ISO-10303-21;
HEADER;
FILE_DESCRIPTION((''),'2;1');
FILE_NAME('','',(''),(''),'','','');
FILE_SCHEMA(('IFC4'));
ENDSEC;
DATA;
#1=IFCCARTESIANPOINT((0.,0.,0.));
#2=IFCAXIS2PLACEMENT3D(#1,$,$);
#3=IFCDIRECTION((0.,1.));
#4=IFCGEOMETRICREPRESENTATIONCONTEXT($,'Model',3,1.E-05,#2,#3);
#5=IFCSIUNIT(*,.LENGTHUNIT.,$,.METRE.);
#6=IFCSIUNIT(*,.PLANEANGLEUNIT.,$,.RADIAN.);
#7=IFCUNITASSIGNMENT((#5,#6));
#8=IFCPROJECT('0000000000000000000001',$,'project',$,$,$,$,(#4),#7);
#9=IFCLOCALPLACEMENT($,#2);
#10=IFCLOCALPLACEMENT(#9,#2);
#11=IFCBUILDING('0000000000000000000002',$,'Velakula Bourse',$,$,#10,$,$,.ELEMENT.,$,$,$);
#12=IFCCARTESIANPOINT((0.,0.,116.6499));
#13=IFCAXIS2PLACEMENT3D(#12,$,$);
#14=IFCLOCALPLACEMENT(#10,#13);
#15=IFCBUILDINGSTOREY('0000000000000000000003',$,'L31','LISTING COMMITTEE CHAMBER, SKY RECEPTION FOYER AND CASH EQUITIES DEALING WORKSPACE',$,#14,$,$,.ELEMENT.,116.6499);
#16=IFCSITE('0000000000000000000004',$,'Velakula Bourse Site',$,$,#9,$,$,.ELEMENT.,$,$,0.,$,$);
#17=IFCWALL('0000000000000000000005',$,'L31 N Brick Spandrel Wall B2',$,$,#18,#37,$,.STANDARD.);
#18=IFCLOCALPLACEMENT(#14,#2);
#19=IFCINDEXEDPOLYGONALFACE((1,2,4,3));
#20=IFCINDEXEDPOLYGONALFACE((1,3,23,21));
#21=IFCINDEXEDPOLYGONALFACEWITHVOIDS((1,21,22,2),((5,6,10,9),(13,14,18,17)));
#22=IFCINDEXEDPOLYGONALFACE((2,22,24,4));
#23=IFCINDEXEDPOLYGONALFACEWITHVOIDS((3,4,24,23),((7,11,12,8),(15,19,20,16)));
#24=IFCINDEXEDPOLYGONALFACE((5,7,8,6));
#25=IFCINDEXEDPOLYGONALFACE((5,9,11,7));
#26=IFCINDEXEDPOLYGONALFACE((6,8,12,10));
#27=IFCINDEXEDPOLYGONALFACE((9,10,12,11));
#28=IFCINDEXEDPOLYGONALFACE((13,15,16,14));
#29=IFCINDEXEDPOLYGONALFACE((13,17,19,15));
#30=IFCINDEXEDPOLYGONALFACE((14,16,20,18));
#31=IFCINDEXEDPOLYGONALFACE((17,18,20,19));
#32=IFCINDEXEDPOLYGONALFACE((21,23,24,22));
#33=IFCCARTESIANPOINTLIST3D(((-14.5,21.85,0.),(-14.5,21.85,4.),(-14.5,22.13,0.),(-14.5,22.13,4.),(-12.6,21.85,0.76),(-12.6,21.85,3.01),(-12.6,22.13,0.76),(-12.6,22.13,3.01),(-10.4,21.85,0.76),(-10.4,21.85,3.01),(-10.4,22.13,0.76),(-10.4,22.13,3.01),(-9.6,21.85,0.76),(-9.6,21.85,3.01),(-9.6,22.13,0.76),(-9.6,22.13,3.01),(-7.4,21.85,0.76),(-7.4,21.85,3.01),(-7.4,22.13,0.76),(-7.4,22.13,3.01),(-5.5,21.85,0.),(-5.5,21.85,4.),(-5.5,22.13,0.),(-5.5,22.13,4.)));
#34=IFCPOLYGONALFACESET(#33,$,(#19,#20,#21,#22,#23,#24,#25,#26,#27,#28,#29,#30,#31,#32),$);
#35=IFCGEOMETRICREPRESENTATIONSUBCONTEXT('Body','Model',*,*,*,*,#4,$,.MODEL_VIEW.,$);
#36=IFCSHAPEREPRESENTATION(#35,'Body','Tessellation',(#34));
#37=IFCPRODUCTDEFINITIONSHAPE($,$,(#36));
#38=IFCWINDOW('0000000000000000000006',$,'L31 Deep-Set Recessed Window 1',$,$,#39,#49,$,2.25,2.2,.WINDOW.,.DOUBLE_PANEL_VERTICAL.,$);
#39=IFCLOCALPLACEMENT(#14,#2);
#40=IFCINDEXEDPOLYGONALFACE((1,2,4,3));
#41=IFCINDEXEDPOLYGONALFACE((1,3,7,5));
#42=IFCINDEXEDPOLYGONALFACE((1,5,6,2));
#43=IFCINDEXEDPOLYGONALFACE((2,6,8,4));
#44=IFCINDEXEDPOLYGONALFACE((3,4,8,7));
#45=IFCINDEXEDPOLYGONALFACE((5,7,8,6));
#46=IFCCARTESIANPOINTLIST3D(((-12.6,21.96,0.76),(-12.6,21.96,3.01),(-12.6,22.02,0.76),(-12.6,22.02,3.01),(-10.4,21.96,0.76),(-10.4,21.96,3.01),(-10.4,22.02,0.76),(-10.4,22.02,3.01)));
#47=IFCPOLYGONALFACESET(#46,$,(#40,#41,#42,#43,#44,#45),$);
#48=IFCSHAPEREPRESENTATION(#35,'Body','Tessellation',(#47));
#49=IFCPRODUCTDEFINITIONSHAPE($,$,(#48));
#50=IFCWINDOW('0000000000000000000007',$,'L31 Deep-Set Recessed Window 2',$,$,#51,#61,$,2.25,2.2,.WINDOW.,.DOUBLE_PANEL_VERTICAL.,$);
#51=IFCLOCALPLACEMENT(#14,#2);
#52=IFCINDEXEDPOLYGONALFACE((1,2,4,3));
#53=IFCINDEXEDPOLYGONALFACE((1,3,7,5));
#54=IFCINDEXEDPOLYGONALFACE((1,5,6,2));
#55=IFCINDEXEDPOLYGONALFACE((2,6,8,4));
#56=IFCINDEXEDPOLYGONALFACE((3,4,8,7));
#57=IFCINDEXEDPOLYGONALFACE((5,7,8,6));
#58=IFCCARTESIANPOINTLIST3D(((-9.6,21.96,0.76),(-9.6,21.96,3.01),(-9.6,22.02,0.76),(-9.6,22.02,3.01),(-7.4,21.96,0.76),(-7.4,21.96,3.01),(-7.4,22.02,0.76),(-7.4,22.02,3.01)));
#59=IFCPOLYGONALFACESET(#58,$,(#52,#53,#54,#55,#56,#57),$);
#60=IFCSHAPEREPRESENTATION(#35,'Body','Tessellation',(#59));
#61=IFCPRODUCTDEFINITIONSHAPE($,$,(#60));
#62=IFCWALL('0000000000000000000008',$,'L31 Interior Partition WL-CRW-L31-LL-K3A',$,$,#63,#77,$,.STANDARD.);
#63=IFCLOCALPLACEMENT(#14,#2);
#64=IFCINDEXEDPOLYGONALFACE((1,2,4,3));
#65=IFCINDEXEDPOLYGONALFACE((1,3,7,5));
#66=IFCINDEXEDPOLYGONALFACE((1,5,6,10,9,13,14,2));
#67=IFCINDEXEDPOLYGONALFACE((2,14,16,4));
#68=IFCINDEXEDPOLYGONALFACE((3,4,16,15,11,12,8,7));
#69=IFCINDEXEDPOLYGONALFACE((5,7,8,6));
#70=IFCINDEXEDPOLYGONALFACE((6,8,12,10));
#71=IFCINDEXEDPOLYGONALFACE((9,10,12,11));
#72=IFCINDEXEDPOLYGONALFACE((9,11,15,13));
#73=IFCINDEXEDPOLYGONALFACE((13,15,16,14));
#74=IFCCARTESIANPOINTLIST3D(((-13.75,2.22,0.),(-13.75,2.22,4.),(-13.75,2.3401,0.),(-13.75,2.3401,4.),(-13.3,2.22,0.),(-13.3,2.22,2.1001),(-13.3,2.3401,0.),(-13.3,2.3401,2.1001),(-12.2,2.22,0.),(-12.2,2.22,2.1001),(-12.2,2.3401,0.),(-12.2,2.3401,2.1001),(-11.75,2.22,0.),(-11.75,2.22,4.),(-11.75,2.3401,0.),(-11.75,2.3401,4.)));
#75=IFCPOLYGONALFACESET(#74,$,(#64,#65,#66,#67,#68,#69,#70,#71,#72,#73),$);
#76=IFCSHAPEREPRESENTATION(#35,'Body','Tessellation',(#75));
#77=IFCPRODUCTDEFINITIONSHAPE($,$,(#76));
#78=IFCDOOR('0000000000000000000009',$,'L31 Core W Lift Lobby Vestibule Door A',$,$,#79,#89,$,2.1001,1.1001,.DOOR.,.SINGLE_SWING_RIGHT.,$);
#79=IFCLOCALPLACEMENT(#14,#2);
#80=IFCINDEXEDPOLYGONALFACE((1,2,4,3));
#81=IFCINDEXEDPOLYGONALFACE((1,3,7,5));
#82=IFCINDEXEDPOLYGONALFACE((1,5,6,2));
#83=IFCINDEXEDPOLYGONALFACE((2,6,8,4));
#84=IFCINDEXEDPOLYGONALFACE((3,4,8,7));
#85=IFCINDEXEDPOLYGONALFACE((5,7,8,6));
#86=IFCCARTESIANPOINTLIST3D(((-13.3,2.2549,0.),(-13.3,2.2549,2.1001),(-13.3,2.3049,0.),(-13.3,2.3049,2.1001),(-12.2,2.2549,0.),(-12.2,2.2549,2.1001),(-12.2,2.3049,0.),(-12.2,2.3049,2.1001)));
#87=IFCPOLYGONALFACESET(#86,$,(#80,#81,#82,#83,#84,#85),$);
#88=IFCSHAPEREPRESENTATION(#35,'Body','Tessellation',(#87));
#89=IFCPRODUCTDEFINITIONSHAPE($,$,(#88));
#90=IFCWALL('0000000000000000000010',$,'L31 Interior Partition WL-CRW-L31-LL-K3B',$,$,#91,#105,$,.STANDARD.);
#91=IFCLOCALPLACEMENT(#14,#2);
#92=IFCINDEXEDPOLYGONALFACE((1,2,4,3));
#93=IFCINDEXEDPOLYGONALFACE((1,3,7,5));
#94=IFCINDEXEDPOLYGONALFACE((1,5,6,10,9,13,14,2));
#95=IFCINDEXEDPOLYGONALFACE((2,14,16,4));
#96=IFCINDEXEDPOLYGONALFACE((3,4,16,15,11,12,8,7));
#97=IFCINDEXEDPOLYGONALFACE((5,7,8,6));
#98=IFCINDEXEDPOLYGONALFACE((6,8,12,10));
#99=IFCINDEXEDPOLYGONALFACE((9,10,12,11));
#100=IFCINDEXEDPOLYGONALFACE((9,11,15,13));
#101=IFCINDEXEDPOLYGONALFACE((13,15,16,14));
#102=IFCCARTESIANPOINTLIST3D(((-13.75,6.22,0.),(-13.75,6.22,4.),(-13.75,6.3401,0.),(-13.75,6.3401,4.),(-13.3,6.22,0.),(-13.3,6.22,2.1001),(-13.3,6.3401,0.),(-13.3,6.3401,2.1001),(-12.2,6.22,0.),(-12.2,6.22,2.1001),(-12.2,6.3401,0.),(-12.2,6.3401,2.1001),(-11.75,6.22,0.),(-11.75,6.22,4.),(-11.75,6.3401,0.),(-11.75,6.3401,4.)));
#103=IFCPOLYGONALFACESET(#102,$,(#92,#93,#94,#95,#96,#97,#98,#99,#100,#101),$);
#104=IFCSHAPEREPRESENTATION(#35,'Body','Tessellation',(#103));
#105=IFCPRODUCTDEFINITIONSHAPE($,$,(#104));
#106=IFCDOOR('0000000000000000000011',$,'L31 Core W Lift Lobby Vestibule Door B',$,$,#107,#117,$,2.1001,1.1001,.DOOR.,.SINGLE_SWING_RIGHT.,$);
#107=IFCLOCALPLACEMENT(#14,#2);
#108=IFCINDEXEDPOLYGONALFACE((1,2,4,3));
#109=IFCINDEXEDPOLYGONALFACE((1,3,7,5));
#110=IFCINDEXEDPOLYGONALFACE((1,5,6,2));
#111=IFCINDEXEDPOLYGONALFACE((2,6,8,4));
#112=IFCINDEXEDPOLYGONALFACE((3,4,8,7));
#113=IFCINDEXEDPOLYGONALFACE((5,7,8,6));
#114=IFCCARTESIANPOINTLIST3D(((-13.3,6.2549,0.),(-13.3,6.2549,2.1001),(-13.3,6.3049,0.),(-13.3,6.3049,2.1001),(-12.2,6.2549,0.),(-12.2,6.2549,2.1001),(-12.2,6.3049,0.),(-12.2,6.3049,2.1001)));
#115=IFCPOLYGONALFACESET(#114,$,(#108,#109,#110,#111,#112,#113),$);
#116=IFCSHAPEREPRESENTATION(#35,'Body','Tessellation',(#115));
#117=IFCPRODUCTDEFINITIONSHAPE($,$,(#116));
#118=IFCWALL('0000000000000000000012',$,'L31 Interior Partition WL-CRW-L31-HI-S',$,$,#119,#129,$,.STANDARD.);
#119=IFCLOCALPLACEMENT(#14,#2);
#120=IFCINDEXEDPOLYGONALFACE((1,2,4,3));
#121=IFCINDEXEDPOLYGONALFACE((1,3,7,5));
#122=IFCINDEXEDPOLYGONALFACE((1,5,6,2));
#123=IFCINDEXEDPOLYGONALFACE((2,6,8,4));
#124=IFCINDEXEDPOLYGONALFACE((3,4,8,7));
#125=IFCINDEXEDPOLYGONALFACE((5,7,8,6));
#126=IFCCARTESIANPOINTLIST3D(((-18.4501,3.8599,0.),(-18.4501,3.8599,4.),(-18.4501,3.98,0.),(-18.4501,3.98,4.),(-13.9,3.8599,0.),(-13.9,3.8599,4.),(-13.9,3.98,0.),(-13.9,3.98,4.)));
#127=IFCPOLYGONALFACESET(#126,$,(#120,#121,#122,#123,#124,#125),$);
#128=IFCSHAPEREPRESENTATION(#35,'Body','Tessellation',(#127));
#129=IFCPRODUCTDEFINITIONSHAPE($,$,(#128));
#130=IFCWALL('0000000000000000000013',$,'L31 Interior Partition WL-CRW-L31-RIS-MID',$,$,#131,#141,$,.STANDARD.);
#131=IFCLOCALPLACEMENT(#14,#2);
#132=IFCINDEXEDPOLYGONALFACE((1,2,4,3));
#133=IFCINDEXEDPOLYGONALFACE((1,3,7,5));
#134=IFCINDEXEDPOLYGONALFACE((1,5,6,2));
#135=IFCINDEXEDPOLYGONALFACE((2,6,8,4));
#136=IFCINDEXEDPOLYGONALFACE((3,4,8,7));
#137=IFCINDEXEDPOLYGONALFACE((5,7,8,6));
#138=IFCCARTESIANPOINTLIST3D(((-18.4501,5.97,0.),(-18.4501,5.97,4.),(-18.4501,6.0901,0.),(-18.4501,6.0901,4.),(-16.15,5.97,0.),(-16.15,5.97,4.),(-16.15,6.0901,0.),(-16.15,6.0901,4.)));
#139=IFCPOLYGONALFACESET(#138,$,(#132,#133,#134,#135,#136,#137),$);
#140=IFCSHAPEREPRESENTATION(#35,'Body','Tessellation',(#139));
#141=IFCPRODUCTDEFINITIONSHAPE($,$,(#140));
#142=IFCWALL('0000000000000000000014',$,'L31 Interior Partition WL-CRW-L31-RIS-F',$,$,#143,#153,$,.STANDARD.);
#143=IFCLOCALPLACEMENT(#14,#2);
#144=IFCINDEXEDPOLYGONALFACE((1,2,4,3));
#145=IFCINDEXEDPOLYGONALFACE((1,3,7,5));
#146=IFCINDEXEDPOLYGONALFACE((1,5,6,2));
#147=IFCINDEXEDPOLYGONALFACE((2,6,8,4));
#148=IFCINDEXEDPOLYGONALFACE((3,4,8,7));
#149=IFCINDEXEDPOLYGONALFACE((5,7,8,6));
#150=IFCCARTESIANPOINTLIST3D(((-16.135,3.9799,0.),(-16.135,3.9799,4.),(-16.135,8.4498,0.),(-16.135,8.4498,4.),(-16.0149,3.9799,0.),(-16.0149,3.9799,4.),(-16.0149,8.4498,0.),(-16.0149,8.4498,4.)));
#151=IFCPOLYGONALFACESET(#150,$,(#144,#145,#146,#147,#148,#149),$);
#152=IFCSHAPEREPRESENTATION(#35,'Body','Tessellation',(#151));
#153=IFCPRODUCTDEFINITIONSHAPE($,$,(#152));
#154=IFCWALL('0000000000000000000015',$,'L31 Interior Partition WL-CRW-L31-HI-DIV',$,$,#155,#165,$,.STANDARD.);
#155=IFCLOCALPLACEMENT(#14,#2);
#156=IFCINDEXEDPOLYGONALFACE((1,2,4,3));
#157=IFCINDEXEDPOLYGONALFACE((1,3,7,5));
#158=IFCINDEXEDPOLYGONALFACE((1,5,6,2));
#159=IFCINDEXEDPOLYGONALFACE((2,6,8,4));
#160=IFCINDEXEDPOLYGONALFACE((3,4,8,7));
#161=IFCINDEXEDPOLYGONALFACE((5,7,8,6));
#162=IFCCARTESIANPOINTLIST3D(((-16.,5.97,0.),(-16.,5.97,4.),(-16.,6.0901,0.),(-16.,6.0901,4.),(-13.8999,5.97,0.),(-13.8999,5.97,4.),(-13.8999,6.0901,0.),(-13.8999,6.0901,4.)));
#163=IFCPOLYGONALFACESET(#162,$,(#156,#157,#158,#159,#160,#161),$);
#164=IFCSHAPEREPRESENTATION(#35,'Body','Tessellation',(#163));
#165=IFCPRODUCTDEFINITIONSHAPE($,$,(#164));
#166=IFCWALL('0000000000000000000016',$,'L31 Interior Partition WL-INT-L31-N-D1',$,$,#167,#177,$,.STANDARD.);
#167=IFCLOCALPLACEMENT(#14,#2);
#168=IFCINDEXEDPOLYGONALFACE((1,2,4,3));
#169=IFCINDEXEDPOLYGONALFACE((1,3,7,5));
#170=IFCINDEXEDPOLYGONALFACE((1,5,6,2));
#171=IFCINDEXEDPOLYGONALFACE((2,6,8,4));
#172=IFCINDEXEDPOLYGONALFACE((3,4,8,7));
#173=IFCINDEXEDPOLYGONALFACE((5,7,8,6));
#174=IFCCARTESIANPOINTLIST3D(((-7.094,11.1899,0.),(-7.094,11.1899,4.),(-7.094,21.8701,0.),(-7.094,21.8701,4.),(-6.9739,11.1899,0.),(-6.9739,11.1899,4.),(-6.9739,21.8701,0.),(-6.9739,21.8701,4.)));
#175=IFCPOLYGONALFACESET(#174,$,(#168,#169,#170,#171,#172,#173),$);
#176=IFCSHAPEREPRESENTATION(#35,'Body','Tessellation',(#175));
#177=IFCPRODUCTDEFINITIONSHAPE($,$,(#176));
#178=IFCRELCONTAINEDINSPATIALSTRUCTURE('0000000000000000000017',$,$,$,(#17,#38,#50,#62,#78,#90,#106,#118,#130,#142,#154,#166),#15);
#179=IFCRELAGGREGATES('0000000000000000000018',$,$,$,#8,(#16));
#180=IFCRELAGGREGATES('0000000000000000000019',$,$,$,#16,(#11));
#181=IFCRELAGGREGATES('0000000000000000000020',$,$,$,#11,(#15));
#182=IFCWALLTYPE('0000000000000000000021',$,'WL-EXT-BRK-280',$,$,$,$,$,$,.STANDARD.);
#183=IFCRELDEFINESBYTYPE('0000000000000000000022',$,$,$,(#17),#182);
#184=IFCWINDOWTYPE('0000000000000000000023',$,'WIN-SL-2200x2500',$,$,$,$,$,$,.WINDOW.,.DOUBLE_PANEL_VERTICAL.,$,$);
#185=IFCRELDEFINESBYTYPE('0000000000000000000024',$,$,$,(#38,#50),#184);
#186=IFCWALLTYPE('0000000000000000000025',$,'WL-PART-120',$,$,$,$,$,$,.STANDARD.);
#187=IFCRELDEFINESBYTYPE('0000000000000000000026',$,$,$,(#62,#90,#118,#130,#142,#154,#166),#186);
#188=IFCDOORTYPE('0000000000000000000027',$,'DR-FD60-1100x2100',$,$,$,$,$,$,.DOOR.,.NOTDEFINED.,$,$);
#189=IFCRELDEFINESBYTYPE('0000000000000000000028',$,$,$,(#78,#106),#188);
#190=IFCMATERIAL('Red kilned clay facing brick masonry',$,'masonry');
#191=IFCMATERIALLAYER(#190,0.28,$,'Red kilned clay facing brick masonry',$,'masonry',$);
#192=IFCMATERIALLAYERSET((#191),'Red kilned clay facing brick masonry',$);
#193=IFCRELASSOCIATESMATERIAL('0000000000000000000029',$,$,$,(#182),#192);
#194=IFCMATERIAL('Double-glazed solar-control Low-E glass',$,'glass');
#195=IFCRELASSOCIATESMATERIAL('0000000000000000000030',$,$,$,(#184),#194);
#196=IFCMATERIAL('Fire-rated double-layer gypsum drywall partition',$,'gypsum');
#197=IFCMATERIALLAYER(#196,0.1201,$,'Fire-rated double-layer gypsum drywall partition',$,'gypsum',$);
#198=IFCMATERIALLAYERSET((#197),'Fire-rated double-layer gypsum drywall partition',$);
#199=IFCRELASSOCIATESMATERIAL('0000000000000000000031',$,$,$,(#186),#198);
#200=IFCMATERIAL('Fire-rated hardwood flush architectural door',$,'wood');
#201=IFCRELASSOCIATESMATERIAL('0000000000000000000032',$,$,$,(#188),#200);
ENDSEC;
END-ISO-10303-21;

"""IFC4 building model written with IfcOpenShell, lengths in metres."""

from ifc_helpers import new_model, si_unit, direction, frame, frame_2d, origin, place, context, subcontext, project, spatial, rectangle, extrude, material, layer, layer_set, type_object, element, fill, save


model = new_model("IFC4")

# Units and contexts
model_context = context("Model", 3, precision=1e-05, world=origin(), true_north=direction((0.0, 1.0)))
body_context = subcontext(model_context, "Body", "Model", "MODEL_VIEW")
ifc_project = project(units=[si_unit("LENGTHUNIT", "METRE"), si_unit("PLANEANGLEUNIT", "RADIAN")], contexts=[model_context])

# Site, building, storey
site_placement = place(None, origin())
site = spatial("IfcSite", under=ifc_project, at=site_placement, Name="Velakula Bourse Site", CompositionType="ELEMENT", RefElevation=0.0)
building_placement = place(site_placement, origin())
building = spatial("IfcBuilding", under=site, at=building_placement, Name="Velakula Bourse", CompositionType="ELEMENT")
storey_placement = place(building_placement, frame((0.0, 0.0, 116.6499)))
storey = spatial("IfcBuildingStorey", under=building, at=storey_placement, Name="L31", Description="LISTING COMMITTEE CHAMBER, SKY RECEPTION FOYER AND CASH EQUITIES DEALING WORKSPACE", CompositionType="ELEMENT", Elevation=116.6499)

# Wall, openings, windows
ifc_material_1 = material(Name="Red kilned clay facing brick masonry", Category="masonry")
ifc_layer_1 = layer(ifc_material_1, 0.28, Name="Red kilned clay facing brick masonry", Category="masonry")
ifc_layer_set_1 = layer_set([ifc_layer_1], Name="Red kilned clay facing brick masonry")
wall_type_1 = type_object("IfcWallType", Name="WL-EXT-BRK-280", PredefinedType="STANDARD", material=ifc_layer_set_1)
wall_1_placement = place(storey_placement, frame((-14.5, 21.99, 0.0), z_axis=(0.0, 0.0, 1.0), x_axis=(1.0, 0.0, 0.0)))
wall_1 = element("IfcWall", 1, at=wall_1_placement, inside=storey, type_object=wall_type_1, Name="L31 N Brick Spandrel Wall B2", PredefinedType="STANDARD", context=body_context, shape_type="SweptSolid", body=[
    extrude(rectangle(XDim=9.0, YDim=0.28, at=frame_2d((4.5, 0.0))), origin(), (0.0, 0.0, 1.0), 4.0),
])
opening_1_placement = place(wall_1_placement, frame((1.8999, 0.0, 0.76)))
opening_1 = element("IfcOpeningElement", 2, at=opening_1_placement, cuts=wall_1, PredefinedType="OPENING", context=body_context, shape_type="SweptSolid", body=[
    extrude(rectangle(XDim=2.2, YDim=2.25, at=frame_2d((1.1001, 1.125))), frame((0.0, 0.1499, 0.0), z_axis=(0.0, -1.0, 0.0), x_axis=(1.0, 0.0, 0.0)), (0.0, 0.0, 1.0), 0.3),
])
opening_2_placement = place(wall_1_placement, frame((4.8999, 0.0, 0.76)))
opening_2 = element("IfcOpeningElement", 3, at=opening_2_placement, cuts=wall_1, PredefinedType="OPENING", context=body_context, shape_type="SweptSolid", body=[
    extrude(rectangle(XDim=2.2, YDim=2.25, at=frame_2d((1.1001, 1.125))), frame((0.0, 0.1499, 0.0), z_axis=(0.0, -1.0, 0.0), x_axis=(1.0, 0.0, 0.0)), (0.0, 0.0, 1.0), 0.3),
])
ifc_material_2 = material(Name="Double-glazed solar-control Low-E glass", Category="glass")
window_type = type_object("IfcWindowType", Name="WIN-SL-2200x2500", PartitioningType="DOUBLE_PANEL_VERTICAL", PredefinedType="WINDOW", material=ifc_material_2)
window_1_placement = place(opening_1_placement, origin())
window_1 = element("IfcWindow", 4, at=window_1_placement, inside=storey, type_object=window_type, Name="L31 Deep-Set Recessed Window 1", OverallHeight=2.25, OverallWidth=2.2, PartitioningType="DOUBLE_PANEL_VERTICAL", PredefinedType="WINDOW", context=body_context, shape_type="SweptSolid", body=[
    extrude(rectangle(XDim=2.2, YDim=2.25, at=frame_2d((1.1001, 1.125))), frame((0.0, 0.03, 0.0), z_axis=(0.0, -1.0, 0.0), x_axis=(1.0, 0.0, 0.0)), (0.0, 0.0, 1.0), 0.0601),
])
fill(opening_1, window_1)
window_2_placement = place(opening_2_placement, origin())
window_2 = element("IfcWindow", 5, at=window_2_placement, inside=storey, type_object=window_type, Name="L31 Deep-Set Recessed Window 2", OverallHeight=2.25, OverallWidth=2.2, PartitioningType="DOUBLE_PANEL_VERTICAL", PredefinedType="WINDOW", context=body_context, shape_type="SweptSolid", body=[
    extrude(rectangle(XDim=2.2, YDim=2.25, at=frame_2d((1.1001, 1.125))), frame((0.0, 0.03, 0.0), z_axis=(0.0, -1.0, 0.0), x_axis=(1.0, 0.0, 0.0)), (0.0, 0.0, 1.0), 0.0601),
])
fill(opening_2, window_2)

# Walls, openings, doors
ifc_material_3 = material(Name="Fire-rated double-layer gypsum drywall partition", Category="gypsum")
ifc_layer_2 = layer(ifc_material_3, 0.1201, Name="Fire-rated double-layer gypsum drywall partition", Category="gypsum")
ifc_layer_set_2 = layer_set([ifc_layer_2], Name="Fire-rated double-layer gypsum drywall partition")
wall_type_2 = type_object("IfcWallType", Name="WL-PART-120", PredefinedType="STANDARD", material=ifc_layer_set_2)
wall_2_placement = place(storey_placement, frame((-13.75, 2.28, 0.0), z_axis=(0.0, 0.0, 1.0), x_axis=(1.0, 0.0, 0.0)))
wall_2 = element("IfcWall", 6, at=wall_2_placement, inside=storey, type_object=wall_type_2, Name="L31 Interior Partition WL-CRW-L31-LL-K3A", PredefinedType="STANDARD", context=body_context, shape_type="SweptSolid", body=[
    extrude(rectangle(XDim=2.0, YDim=0.1201, at=frame_2d((1.0, 0.0))), origin(), (0.0, 0.0, 1.0), 4.0),
])
opening_3_placement = place(wall_2_placement, frame((0.45, 0.0, 0.0)))
opening_3 = element("IfcOpeningElement", 7, at=opening_3_placement, cuts=wall_2, PredefinedType="OPENING", context=body_context, shape_type="SweptSolid", body=[
    extrude(rectangle(XDim=1.1001, YDim=2.1001, at=frame_2d((0.55, 1.05))), frame((0.0, 0.0701, 0.0), z_axis=(0.0, -1.0, 0.0), x_axis=(1.0, 0.0, 0.0)), (0.0, 0.0, 1.0), 0.1401),
])
ifc_material_4 = material(Name="Fire-rated hardwood flush architectural door", Category="wood")
door_type = type_object("IfcDoorType", Name="DR-FD60-1100x2100", OperationType="NOTDEFINED", PredefinedType="DOOR", material=ifc_material_4)
door_1_placement = place(opening_3_placement, origin())
door_1 = element("IfcDoor", 8, at=door_1_placement, inside=storey, type_object=door_type, Name="L31 Core W Lift Lobby Vestibule Door A", OperationType="SINGLE_SWING_RIGHT", OverallHeight=2.1001, OverallWidth=1.1001, PredefinedType="DOOR", context=body_context, shape_type="SweptSolid", body=[
    extrude(rectangle(XDim=1.1001, YDim=2.1001, at=frame_2d((0.55, 1.05))), frame((0.0, 0.0249, 0.0), z_axis=(0.0, -1.0, 0.0), x_axis=(1.0, 0.0, 0.0)), (0.0, 0.0, 1.0), 0.05),
])
fill(opening_3, door_1)
wall_3_placement = place(storey_placement, frame((-13.75, 6.28, 0.0), z_axis=(0.0, 0.0, 1.0), x_axis=(1.0, 0.0, 0.0)))
wall_3 = element("IfcWall", 9, at=wall_3_placement, inside=storey, type_object=wall_type_2, Name="L31 Interior Partition WL-CRW-L31-LL-K3B", PredefinedType="STANDARD", context=body_context, shape_type="SweptSolid", body=[
    extrude(rectangle(XDim=2.0, YDim=0.1201, at=frame_2d((1.0, 0.0))), origin(), (0.0, 0.0, 1.0), 4.0),
])
opening_4_placement = place(wall_3_placement, frame((0.45, 0.0, 0.0)))
opening_4 = element("IfcOpeningElement", 10, at=opening_4_placement, cuts=wall_3, PredefinedType="OPENING", context=body_context, shape_type="SweptSolid", body=[
    extrude(rectangle(XDim=1.1001, YDim=2.1001, at=frame_2d((0.55, 1.05))), frame((0.0, 0.0701, 0.0), z_axis=(0.0, -1.0, 0.0), x_axis=(1.0, 0.0, 0.0)), (0.0, 0.0, 1.0), 0.1401),
])
door_2_placement = place(opening_4_placement, origin())
door_2 = element("IfcDoor", 11, at=door_2_placement, inside=storey, type_object=door_type, Name="L31 Core W Lift Lobby Vestibule Door B", OperationType="SINGLE_SWING_RIGHT", OverallHeight=2.1001, OverallWidth=1.1001, PredefinedType="DOOR", context=body_context, shape_type="SweptSolid", body=[
    extrude(rectangle(XDim=1.1001, YDim=2.1001, at=frame_2d((0.55, 1.05))), frame((0.0, 0.0249, 0.0), z_axis=(0.0, -1.0, 0.0), x_axis=(1.0, 0.0, 0.0)), (0.0, 0.0, 1.0), 0.05),
])
fill(opening_4, door_2)

# Walls
wall_4_placement = place(storey_placement, frame((-18.45, 3.9199, 0.0), z_axis=(0.0, 0.0, 1.0), x_axis=(1.0, 0.0, 0.0)))
element("IfcWall", 12, at=wall_4_placement, inside=storey, type_object=wall_type_2, Name="L31 Interior Partition WL-CRW-L31-HI-S", PredefinedType="STANDARD", context=body_context, shape_type="SweptSolid", body=[
    extrude(rectangle(XDim=4.55, YDim=0.1201, at=frame_2d((2.2749, 0.0))), origin(), (0.0, 0.0, 1.0), 4.0),
])
wall_5_placement = place(storey_placement, frame((-18.45, 6.03, 0.0), z_axis=(0.0, 0.0, 1.0), x_axis=(1.0, 0.0, 0.0)))
element("IfcWall", 13, at=wall_5_placement, inside=storey, type_object=wall_type_2, Name="L31 Interior Partition WL-CRW-L31-RIS-MID", PredefinedType="STANDARD", context=body_context, shape_type="SweptSolid", body=[
    extrude(rectangle(XDim=2.3, YDim=0.1201, at=frame_2d((1.1499, 0.0))), origin(), (0.0, 0.0, 1.0), 4.0),
])
wall_6_placement = place(storey_placement, frame((-16.075, 3.98, 0.0), z_axis=(0.0, 0.0, 1.0), x_axis=(0.0, 1.0, 0.0)))
element("IfcWall", 14, at=wall_6_placement, inside=storey, type_object=wall_type_2, Name="L31 Interior Partition WL-CRW-L31-RIS-F", PredefinedType="STANDARD", context=body_context, shape_type="SweptSolid", body=[
    extrude(rectangle(XDim=4.47, YDim=0.1201, at=frame_2d((2.2349, 0.0))), origin(), (0.0, 0.0, 1.0), 4.0),
])
wall_7_placement = place(storey_placement, frame((-16.0, 6.03, 0.0), z_axis=(0.0, 0.0, 1.0), x_axis=(1.0, 0.0, 0.0)))
element("IfcWall", 15, at=wall_7_placement, inside=storey, type_object=wall_type_2, Name="L31 Interior Partition WL-CRW-L31-HI-DIV", PredefinedType="STANDARD", context=body_context, shape_type="SweptSolid", body=[
    extrude(rectangle(XDim=2.1001, YDim=0.1201, at=frame_2d((1.05, 0.0))), origin(), (0.0, 0.0, 1.0), 4.0),
])
wall_8_placement = place(storey_placement, frame((-7.0339, 11.1899, 0.0), z_axis=(0.0, 0.0, 1.0), x_axis=(0.0, 1.0, 0.0)))
element("IfcWall", 16, at=wall_8_placement, inside=storey, type_object=wall_type_2, Name="L31 Interior Partition WL-INT-L31-N-D1", PredefinedType="STANDARD", context=body_context, shape_type="SweptSolid", body=[
    extrude(rectangle(XDim=10.6802, YDim=0.1201, at=frame_2d((5.3401, 0.0))), origin(), (0.0, 0.0, 1.0), 4.0),
])

save(model, "model.ifc")
